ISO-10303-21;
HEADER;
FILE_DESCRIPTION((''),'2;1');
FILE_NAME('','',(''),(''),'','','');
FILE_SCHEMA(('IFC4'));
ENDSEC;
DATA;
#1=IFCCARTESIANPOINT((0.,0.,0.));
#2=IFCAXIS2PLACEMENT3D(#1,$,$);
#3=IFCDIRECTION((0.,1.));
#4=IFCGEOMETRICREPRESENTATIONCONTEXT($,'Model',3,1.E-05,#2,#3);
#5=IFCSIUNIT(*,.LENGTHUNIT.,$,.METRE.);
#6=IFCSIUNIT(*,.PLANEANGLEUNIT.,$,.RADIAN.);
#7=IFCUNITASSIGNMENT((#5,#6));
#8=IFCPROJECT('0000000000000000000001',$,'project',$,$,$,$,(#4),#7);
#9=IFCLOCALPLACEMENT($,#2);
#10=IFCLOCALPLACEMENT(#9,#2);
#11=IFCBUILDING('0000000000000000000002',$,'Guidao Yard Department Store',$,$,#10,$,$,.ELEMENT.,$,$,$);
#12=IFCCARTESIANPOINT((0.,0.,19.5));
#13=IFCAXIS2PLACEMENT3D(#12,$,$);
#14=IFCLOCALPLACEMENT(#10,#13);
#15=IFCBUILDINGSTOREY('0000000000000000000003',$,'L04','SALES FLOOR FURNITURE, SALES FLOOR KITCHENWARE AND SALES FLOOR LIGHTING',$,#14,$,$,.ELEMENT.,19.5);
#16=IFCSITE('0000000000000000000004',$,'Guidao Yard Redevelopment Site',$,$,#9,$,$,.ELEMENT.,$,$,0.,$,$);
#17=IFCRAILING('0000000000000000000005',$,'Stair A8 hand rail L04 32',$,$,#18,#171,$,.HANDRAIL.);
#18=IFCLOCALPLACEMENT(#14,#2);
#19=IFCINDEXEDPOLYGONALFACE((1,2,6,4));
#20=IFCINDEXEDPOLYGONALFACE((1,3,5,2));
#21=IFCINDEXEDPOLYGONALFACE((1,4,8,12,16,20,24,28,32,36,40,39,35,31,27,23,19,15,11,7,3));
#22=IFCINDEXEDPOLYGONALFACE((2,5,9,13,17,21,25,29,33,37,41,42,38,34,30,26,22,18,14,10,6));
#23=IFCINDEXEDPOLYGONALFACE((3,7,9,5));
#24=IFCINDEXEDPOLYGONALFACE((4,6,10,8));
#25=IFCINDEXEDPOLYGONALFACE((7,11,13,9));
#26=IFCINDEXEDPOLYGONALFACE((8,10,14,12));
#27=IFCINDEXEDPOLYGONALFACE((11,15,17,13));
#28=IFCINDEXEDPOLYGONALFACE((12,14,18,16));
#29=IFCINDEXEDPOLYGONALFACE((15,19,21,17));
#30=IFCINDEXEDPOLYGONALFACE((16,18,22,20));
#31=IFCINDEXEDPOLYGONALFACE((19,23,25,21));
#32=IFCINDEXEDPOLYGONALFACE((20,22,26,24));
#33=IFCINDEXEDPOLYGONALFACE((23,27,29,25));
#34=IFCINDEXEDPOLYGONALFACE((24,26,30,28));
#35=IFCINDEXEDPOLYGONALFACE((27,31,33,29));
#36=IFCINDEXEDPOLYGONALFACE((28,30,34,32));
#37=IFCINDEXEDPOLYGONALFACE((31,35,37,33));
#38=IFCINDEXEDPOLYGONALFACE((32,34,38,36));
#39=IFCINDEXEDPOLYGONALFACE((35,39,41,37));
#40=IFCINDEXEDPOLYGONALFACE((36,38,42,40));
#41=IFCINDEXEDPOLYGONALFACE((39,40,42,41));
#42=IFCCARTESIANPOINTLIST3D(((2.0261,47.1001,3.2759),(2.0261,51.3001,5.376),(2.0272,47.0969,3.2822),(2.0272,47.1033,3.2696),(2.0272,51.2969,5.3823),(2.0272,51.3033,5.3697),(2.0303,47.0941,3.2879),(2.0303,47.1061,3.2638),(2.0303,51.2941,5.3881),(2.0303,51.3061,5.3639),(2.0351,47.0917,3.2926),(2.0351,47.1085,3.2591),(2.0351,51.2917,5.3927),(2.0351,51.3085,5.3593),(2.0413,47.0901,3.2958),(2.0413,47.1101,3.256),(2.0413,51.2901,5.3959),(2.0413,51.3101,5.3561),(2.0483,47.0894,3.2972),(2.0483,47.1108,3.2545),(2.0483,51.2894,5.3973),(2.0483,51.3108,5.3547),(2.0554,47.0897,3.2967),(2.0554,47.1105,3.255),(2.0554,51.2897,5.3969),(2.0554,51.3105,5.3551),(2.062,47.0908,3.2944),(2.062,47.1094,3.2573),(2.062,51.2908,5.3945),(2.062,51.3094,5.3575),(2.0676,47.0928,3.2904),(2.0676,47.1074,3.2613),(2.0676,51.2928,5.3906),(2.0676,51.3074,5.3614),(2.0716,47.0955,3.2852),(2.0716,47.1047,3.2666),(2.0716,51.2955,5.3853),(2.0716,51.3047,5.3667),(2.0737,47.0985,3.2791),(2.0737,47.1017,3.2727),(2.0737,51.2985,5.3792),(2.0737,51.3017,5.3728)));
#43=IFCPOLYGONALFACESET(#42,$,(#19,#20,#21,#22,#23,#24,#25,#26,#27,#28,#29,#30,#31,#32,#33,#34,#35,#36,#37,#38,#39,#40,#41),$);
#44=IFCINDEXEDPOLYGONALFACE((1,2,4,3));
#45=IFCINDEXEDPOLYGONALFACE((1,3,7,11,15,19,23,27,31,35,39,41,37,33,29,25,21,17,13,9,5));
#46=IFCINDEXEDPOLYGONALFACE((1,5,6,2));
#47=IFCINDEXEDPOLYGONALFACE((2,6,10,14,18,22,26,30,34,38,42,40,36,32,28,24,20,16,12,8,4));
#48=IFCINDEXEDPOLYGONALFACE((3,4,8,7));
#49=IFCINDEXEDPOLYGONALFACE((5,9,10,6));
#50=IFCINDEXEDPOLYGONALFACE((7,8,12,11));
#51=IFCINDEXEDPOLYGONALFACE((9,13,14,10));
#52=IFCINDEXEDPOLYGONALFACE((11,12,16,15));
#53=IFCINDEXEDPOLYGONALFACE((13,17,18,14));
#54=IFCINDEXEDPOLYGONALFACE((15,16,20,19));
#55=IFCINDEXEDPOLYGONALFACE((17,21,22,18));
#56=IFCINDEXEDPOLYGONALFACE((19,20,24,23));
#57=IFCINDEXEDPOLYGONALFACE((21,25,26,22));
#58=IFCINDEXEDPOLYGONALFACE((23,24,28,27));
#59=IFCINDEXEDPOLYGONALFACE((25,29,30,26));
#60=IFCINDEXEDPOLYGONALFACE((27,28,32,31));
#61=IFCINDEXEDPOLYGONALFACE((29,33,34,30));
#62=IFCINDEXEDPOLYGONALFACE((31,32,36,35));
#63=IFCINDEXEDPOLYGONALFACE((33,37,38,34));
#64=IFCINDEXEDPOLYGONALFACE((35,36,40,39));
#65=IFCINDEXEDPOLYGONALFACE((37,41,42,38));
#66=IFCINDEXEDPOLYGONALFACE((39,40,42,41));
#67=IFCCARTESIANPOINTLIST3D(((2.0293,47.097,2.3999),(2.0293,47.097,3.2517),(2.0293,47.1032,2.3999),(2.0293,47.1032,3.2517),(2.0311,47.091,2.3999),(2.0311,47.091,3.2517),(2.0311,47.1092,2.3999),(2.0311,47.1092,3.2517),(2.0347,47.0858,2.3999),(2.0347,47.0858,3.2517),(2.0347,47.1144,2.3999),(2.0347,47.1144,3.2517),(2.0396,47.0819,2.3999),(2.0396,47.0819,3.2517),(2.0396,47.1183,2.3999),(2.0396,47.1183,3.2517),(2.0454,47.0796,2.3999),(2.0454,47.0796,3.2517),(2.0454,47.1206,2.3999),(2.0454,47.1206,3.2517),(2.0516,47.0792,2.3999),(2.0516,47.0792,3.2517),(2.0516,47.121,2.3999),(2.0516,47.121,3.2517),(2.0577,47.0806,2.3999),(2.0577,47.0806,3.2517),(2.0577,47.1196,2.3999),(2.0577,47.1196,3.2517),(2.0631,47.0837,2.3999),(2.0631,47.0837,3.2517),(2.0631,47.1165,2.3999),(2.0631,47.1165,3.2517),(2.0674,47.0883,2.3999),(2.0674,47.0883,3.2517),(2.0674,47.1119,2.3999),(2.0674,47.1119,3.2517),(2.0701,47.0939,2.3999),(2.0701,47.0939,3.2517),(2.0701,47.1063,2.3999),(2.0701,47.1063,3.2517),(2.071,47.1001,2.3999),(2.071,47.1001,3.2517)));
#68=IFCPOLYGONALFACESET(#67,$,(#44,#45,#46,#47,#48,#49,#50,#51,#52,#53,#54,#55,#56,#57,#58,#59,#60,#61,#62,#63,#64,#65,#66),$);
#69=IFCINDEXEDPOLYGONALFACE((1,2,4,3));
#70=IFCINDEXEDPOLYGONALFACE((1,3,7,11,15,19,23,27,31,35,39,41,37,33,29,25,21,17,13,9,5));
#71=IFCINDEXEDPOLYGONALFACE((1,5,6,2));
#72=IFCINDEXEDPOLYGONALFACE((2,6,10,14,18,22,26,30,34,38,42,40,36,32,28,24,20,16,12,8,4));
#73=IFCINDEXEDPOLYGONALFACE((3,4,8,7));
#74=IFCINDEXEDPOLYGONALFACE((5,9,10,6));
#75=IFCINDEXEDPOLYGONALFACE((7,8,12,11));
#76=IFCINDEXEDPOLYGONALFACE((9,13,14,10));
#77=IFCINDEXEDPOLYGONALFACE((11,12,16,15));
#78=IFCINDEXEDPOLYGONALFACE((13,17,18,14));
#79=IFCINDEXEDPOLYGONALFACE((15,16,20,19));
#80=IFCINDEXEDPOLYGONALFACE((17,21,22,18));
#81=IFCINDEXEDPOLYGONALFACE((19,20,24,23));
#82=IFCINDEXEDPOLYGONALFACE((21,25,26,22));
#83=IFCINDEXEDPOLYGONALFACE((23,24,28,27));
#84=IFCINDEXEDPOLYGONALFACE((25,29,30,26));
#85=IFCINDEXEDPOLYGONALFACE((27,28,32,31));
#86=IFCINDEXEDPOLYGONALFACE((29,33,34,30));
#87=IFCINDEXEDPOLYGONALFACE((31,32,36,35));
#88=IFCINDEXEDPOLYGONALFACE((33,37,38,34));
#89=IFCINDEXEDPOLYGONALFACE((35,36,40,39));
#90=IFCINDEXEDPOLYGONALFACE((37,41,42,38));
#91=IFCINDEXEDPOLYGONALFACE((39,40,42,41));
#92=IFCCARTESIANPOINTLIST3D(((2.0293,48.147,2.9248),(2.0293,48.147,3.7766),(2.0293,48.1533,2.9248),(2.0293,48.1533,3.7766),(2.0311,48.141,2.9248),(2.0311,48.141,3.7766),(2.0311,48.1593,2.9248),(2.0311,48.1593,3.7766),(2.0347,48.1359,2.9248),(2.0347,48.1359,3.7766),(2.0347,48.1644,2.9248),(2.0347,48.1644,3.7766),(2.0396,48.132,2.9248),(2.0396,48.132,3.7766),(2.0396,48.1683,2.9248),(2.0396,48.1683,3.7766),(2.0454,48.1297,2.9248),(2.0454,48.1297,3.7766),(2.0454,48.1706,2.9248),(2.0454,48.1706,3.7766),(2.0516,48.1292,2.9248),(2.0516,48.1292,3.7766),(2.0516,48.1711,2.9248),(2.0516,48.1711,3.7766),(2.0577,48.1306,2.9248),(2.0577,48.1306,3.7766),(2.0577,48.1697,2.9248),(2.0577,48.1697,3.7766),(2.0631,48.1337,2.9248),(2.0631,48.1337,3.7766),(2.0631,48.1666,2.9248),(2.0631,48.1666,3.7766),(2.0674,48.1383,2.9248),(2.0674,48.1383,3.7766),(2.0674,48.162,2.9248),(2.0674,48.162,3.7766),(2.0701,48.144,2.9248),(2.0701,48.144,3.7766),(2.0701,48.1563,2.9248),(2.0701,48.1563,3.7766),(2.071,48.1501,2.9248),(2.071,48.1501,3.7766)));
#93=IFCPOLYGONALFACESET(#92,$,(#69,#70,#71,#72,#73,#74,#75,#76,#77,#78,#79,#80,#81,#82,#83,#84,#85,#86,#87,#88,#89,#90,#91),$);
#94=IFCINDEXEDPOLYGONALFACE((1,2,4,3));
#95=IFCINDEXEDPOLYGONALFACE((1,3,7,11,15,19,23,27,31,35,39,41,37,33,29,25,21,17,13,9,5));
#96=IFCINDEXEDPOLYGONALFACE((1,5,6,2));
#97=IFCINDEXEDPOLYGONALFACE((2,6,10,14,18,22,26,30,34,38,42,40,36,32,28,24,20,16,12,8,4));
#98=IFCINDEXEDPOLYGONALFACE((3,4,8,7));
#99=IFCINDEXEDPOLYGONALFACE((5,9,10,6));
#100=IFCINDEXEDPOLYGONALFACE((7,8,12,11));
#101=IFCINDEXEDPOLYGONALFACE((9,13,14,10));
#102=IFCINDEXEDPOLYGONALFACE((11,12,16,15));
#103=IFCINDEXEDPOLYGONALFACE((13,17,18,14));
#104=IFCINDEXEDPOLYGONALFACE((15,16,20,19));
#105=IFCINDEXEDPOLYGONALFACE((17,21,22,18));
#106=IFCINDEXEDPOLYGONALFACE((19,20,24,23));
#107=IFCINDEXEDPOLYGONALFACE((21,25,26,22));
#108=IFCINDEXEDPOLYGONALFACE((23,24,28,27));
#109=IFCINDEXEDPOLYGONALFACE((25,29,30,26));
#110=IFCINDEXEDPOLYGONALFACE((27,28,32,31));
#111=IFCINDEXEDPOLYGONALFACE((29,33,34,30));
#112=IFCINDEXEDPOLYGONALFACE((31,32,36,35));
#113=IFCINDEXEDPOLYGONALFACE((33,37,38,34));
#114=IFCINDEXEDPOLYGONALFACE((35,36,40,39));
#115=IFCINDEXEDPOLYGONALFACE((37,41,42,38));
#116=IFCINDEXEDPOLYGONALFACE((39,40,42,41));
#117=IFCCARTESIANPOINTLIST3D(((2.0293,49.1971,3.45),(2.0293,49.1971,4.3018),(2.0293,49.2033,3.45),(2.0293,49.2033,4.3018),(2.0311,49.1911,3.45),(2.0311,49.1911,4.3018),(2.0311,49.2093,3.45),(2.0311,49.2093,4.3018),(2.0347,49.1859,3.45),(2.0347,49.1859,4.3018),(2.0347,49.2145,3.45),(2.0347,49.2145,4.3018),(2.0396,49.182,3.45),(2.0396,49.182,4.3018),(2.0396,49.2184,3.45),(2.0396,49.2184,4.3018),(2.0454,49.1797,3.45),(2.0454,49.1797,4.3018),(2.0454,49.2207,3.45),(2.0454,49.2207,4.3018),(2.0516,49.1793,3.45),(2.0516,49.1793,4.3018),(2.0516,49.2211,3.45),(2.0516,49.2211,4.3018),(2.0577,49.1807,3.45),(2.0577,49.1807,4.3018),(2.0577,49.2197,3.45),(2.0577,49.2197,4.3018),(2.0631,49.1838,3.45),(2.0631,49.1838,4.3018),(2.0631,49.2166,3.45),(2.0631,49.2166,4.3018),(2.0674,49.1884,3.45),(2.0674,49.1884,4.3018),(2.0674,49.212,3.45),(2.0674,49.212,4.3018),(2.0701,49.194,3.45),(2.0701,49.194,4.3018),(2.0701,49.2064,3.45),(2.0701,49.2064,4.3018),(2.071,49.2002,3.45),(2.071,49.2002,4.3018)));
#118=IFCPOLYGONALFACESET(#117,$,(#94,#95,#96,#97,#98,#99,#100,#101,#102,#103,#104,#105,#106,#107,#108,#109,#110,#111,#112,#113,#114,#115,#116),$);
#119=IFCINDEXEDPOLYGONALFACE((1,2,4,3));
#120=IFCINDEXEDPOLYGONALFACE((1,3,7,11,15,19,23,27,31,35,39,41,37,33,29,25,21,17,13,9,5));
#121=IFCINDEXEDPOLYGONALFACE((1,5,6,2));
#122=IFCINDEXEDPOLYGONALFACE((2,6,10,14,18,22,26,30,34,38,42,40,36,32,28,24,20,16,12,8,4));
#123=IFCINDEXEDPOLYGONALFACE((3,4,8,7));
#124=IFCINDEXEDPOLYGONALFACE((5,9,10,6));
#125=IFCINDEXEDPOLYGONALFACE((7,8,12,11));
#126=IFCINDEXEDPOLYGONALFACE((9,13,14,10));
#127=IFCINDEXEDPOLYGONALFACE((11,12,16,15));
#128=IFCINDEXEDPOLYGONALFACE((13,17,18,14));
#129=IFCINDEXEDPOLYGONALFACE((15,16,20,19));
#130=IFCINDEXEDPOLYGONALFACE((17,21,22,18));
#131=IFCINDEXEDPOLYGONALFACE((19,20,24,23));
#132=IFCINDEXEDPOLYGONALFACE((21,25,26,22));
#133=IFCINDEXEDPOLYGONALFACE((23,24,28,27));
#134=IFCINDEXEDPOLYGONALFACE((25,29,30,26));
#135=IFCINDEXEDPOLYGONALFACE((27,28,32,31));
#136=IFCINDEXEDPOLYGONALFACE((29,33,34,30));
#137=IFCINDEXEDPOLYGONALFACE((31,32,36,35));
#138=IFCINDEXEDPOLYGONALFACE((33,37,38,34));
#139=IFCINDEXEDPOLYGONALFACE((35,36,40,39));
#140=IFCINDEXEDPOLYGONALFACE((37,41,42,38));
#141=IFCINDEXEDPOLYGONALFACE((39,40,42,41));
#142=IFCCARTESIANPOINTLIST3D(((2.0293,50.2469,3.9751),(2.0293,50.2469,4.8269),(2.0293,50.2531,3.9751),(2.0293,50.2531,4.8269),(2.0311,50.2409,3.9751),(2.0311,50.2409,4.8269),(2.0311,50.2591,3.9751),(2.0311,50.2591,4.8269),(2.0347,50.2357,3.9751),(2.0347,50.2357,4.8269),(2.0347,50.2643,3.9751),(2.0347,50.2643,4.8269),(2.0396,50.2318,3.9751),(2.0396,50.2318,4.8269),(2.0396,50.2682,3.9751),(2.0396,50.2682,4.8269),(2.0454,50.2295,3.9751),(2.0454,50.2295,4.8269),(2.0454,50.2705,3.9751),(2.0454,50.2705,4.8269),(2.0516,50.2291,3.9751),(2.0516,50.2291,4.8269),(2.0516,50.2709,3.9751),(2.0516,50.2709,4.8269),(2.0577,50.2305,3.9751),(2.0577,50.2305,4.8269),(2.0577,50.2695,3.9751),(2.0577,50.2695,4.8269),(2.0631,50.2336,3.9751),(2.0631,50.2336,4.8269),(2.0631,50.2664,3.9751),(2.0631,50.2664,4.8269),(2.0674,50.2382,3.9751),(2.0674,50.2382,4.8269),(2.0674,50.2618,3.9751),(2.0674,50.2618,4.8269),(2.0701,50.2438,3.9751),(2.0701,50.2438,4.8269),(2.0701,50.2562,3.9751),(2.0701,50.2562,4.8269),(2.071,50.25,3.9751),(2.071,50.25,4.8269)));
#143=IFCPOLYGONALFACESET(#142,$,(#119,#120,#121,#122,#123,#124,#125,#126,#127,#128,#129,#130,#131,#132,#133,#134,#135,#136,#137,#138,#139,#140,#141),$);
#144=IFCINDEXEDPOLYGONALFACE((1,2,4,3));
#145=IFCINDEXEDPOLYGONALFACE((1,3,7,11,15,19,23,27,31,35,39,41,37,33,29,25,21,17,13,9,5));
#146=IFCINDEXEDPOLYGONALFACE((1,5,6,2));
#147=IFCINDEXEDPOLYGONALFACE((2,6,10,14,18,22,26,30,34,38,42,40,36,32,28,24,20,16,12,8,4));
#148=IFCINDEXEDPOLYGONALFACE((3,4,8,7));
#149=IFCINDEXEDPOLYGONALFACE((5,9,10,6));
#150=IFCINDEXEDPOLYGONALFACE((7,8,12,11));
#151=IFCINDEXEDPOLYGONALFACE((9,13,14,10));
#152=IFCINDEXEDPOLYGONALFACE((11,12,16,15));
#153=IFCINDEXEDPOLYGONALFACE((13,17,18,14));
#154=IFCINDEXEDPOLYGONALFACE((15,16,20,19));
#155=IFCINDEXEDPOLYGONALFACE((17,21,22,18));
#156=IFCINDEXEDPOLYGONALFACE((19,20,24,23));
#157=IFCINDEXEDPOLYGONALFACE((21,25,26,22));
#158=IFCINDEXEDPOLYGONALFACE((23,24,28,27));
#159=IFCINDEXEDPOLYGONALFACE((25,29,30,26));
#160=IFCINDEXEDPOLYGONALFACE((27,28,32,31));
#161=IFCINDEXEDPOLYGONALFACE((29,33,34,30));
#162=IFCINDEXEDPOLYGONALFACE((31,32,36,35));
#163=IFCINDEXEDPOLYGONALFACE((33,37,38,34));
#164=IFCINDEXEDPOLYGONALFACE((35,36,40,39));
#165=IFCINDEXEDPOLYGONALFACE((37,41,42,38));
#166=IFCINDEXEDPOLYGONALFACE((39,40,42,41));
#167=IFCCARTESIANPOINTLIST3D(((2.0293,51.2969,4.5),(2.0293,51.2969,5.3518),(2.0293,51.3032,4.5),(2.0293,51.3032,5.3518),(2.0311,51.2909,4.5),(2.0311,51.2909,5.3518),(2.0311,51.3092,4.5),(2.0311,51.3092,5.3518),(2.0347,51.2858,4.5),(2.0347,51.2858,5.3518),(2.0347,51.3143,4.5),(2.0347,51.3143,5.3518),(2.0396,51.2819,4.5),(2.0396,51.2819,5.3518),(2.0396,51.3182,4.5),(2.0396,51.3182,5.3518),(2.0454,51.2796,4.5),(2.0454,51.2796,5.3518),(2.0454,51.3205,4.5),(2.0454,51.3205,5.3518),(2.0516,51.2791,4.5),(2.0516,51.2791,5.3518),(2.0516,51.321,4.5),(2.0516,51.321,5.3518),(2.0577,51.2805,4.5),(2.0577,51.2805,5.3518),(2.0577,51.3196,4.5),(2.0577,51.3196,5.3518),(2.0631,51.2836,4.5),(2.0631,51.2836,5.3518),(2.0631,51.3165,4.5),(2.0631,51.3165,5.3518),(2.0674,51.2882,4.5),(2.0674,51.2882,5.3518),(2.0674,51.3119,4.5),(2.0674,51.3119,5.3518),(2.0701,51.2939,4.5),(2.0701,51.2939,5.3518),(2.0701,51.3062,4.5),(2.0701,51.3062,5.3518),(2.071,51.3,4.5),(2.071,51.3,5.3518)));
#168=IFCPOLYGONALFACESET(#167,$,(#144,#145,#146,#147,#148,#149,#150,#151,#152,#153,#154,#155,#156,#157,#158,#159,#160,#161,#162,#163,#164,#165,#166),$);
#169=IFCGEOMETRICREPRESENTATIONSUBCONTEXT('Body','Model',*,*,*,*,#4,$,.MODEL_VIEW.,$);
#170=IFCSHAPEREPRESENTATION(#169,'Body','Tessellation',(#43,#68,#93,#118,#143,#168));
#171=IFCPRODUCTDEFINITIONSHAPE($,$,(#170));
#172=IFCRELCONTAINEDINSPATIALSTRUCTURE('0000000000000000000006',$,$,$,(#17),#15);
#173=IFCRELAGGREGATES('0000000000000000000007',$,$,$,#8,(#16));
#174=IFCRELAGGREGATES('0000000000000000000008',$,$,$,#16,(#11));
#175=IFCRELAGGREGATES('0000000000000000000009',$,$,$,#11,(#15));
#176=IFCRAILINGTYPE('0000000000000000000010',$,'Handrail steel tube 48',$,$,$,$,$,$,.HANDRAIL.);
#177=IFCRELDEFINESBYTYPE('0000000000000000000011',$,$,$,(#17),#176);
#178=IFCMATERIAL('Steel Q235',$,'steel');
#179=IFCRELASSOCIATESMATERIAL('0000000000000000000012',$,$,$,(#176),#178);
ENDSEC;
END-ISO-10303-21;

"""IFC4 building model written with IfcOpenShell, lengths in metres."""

from ifc_helpers import new_model, si_unit, direction, frame, origin, origin_2d, place, context, subcontext, project, spatial, circle, extrude, material, type_object, element, save


model = new_model("IFC4")

# Units and contexts
model_context = context("Model", 3, precision=1e-05, world=origin(), true_north=direction((0.0, 1.0)))
body_context = subcontext(model_context, "Body", "Model", "MODEL_VIEW")
ifc_project = project(units=[si_unit("LENGTHUNIT", "METRE"), si_unit("PLANEANGLEUNIT", "RADIAN")], contexts=[model_context])

# Site, building, storey
site_placement = place(None, origin())
site = spatial("IfcSite", under=ifc_project, at=site_placement, Name="Guidao Yard Redevelopment Site", CompositionType="ELEMENT", RefElevation=0.0)
building_placement = place(site_placement, origin())
building = spatial("IfcBuilding", under=site, at=building_placement, Name="Guidao Yard Department Store", CompositionType="ELEMENT")
storey_placement = place(building_placement, frame((0.0, 0.0, 19.5)))
storey = spatial("IfcBuildingStorey", under=building, at=storey_placement, Name="L04", Description="SALES FLOOR FURNITURE, SALES FLOOR KITCHENWARE AND SALES FLOOR LIGHTING", CompositionType="ELEMENT", Elevation=19.5)

# Railing
ifc_material_1 = material(Name="Steel Q235", Category="steel")
railing_type_1 = type_object("IfcRailingType", Name="Handrail steel tube 48", PredefinedType="HANDRAIL", material=ifc_material_1)
for number, where, name in (
    (1, (2.05, 47.1001, 2.3999), "Stair A8 hand rail L04 32"),
):
    element("IfcRailing", number, at=place(storey_placement, frame(where)), inside=storey, type_object=railing_type_1, Name=name, PredefinedType="HANDRAIL", context=body_context, shape_type="SweptSolid", body=[
        extrude(circle(Radius=0.0239, at=origin_2d()), frame((0.0, 0.0, 0.876), z_axis=(0.0, 0.894417, 0.447234), x_axis=(-1.0, 0.0, 0.0)), (0.0, 0.0, 1.0), 4.6958),
        extrude(circle(Radius=0.021, at=origin_2d()), origin(), (0.0, 0.0, 1.0), 0.8518),
        extrude(circle(Radius=0.021, at=origin_2d()), frame((0.0, 1.05, 0.5249)), (0.0, 0.0, 1.0), 0.8518),
        extrude(circle(Radius=0.021, at=origin_2d()), frame((0.0, 2.1001, 1.05)), (0.0, 0.0, 1.0), 0.8518),
        extrude(circle(Radius=0.021, at=origin_2d()), frame((0.0, 3.1499, 1.5752)), (0.0, 0.0, 1.0), 0.8518),
        extrude(circle(Radius=0.021, at=origin_2d()), frame((0.0, 4.2, 2.1001)), (0.0, 0.0, 1.0), 0.8518),
    ])

save(model, "model.ifc")
